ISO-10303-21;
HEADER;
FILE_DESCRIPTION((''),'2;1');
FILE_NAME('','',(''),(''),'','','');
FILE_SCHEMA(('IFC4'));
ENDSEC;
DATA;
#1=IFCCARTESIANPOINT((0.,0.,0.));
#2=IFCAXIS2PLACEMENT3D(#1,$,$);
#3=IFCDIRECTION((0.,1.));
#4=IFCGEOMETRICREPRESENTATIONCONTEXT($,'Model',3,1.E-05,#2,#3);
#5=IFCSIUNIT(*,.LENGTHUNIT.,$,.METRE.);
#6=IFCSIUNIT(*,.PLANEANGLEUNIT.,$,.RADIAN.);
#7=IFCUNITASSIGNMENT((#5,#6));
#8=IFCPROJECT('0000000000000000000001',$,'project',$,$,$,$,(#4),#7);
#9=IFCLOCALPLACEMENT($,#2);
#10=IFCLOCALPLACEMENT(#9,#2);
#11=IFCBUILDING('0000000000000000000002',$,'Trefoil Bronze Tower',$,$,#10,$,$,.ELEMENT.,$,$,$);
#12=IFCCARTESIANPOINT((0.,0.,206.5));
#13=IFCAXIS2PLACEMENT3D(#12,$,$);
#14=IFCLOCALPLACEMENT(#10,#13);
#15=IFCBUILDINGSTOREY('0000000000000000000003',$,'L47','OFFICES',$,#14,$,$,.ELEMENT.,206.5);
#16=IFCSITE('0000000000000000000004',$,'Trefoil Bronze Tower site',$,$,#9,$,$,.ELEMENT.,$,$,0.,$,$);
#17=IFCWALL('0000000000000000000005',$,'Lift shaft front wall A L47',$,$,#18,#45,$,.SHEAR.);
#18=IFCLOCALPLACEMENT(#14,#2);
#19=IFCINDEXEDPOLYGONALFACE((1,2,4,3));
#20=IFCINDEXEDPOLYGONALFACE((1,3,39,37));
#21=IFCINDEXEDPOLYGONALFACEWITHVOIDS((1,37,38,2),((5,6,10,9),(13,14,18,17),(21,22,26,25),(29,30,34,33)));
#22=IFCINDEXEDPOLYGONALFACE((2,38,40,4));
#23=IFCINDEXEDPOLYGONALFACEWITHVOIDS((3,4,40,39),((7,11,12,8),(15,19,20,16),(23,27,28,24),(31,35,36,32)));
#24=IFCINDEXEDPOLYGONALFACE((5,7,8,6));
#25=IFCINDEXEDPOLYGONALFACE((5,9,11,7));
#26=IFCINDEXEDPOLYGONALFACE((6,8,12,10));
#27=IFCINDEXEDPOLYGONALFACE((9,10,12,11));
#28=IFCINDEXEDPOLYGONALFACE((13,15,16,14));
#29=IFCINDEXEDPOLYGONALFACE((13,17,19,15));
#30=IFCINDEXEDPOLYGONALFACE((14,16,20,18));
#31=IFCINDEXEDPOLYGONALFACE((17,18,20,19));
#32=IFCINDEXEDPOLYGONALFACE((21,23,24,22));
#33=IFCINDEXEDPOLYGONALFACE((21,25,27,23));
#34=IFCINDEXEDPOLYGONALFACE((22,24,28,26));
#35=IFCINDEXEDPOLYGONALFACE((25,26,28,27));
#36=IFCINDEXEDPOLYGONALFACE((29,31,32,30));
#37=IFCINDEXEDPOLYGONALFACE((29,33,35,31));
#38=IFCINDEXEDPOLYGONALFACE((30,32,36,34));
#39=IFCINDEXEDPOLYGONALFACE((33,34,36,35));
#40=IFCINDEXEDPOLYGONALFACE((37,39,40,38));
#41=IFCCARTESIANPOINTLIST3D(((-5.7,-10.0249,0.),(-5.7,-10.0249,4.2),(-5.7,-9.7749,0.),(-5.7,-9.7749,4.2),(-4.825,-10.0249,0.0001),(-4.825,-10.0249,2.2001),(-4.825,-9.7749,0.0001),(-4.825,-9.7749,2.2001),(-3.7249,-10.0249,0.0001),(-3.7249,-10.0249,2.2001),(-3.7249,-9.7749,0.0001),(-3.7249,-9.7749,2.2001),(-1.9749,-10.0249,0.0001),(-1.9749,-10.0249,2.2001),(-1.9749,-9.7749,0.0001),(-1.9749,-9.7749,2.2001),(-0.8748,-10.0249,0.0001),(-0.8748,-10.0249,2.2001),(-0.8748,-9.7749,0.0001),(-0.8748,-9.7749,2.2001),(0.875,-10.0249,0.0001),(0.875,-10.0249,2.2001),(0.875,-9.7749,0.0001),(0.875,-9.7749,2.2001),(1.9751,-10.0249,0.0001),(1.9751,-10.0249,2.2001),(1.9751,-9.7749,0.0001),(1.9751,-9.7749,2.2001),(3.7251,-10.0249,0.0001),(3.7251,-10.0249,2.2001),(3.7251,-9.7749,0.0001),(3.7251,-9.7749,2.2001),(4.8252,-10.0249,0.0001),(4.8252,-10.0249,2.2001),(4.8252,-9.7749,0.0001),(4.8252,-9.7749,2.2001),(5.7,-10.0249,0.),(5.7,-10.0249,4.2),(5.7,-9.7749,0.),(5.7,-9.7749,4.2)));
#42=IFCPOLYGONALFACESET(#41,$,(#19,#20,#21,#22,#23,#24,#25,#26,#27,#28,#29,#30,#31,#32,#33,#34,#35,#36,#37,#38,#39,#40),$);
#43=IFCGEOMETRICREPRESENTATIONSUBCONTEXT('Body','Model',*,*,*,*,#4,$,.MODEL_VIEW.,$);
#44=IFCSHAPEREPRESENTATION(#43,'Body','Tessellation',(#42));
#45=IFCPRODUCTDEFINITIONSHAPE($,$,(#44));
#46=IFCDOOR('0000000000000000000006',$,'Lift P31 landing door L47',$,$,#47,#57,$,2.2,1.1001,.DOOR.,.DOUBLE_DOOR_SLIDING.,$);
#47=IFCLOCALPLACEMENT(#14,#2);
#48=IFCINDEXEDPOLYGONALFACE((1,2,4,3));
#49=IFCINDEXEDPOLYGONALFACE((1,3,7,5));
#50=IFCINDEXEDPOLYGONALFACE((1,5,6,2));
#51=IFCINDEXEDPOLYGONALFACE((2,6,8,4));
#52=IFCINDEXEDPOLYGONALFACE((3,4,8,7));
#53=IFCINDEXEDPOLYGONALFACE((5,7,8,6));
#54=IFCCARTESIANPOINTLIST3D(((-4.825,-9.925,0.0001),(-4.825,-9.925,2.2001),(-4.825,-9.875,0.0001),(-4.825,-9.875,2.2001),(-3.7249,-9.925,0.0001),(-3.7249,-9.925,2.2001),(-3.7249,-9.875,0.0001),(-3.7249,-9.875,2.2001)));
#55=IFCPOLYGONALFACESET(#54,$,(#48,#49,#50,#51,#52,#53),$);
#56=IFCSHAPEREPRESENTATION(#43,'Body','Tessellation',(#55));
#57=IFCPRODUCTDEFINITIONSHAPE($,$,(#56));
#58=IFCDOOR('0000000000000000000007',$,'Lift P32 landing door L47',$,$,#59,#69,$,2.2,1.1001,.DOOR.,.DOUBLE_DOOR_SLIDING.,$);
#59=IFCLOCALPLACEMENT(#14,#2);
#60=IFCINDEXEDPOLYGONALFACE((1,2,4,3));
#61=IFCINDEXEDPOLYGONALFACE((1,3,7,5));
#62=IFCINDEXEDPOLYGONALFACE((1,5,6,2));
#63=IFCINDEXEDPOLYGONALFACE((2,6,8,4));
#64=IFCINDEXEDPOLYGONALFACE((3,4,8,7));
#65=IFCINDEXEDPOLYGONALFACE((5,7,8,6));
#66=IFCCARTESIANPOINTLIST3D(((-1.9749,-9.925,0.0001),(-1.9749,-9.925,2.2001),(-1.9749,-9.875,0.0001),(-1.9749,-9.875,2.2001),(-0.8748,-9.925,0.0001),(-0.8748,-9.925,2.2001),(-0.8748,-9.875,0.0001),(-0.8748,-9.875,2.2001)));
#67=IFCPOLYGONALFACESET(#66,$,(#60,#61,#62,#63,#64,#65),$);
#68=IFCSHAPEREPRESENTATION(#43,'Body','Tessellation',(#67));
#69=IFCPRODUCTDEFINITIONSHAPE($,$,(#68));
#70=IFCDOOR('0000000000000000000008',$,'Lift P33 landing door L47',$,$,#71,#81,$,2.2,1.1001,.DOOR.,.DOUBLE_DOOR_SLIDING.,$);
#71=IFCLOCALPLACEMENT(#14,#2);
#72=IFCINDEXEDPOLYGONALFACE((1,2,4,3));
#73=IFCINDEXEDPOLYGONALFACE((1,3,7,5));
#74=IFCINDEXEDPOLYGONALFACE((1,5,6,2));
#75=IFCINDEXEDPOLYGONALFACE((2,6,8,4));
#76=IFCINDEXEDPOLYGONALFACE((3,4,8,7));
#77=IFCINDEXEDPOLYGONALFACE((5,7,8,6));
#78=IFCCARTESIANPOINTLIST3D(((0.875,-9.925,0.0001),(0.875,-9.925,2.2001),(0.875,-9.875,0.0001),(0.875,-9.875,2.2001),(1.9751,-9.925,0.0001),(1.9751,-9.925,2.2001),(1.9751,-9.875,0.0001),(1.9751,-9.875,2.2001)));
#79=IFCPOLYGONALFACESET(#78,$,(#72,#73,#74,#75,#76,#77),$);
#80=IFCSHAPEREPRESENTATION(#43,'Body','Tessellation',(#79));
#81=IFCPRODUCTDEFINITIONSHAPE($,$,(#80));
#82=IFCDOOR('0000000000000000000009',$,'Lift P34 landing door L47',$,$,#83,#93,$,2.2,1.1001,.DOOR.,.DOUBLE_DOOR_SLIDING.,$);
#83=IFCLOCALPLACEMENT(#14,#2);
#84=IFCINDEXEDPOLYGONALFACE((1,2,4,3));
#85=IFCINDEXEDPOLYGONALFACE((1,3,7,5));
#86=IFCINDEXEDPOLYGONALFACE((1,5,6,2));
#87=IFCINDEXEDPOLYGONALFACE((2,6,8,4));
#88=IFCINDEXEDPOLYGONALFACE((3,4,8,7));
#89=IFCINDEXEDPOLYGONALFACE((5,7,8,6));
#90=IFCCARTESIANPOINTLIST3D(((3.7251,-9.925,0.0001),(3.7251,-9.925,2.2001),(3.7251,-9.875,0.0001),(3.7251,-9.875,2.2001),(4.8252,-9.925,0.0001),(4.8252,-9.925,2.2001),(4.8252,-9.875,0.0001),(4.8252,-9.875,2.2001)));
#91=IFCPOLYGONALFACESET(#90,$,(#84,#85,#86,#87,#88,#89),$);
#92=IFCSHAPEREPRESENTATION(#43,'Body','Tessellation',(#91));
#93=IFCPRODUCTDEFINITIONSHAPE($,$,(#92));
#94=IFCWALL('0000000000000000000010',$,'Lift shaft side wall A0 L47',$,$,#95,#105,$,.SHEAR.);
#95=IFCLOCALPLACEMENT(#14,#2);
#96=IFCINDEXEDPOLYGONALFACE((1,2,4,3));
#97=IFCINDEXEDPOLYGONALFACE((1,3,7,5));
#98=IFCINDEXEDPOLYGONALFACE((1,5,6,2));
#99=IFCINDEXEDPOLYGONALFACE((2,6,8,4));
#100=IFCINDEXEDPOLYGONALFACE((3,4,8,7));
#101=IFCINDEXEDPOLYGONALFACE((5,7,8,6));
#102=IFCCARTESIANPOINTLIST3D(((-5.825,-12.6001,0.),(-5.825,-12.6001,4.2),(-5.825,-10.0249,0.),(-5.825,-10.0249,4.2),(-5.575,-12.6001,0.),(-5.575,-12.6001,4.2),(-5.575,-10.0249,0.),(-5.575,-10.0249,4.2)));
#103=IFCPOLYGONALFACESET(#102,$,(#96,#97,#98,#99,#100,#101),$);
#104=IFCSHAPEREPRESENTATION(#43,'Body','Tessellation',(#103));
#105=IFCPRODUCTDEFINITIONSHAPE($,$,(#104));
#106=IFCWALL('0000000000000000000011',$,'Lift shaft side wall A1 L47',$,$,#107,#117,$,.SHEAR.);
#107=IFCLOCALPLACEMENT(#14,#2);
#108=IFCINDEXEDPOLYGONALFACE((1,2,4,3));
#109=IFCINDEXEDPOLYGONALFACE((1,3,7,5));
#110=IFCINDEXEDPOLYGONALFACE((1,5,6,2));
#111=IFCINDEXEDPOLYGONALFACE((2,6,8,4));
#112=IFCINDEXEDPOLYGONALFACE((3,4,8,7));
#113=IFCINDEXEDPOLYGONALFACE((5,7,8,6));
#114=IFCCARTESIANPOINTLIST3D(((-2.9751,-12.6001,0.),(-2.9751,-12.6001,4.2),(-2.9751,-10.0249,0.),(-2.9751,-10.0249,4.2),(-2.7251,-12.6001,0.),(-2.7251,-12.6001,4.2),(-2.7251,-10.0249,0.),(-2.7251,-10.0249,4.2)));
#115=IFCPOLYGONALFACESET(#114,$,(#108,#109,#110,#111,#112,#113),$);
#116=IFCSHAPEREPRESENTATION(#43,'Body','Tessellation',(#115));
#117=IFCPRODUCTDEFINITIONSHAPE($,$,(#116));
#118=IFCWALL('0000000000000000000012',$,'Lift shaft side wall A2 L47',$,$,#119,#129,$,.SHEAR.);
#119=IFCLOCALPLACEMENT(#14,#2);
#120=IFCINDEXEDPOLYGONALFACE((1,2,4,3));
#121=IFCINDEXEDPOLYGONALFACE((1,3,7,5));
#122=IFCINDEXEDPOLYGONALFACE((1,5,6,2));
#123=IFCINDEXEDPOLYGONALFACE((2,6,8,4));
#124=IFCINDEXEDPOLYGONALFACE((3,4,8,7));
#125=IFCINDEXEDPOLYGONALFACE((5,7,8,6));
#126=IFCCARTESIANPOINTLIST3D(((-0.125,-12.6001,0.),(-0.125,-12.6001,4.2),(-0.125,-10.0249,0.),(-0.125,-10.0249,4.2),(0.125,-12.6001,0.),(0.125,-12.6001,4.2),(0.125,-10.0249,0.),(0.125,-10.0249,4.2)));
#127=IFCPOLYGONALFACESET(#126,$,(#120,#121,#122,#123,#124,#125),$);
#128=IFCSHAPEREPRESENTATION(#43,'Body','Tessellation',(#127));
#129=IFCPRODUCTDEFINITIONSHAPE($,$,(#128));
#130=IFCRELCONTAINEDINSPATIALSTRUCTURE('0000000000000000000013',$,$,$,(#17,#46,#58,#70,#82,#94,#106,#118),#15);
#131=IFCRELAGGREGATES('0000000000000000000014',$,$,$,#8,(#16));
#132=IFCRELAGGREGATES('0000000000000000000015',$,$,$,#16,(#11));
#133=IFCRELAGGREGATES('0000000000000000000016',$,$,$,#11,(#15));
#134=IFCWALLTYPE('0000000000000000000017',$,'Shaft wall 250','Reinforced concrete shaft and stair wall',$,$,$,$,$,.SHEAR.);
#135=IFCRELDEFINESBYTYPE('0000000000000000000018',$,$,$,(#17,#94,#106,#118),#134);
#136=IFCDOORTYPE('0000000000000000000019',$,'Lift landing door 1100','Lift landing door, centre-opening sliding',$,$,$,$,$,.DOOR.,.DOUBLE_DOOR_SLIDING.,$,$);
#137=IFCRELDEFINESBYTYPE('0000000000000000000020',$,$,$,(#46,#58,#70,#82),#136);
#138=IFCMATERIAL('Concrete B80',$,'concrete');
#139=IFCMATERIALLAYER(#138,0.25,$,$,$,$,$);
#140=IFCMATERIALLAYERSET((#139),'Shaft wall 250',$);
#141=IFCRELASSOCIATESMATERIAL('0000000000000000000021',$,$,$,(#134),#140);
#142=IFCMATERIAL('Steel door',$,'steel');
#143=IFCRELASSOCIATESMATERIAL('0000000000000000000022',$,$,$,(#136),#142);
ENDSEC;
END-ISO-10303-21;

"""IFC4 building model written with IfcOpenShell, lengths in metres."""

from ifc_helpers import new_model, si_unit, direction, frame, frame_2d, origin, place, context, subcontext, project, spatial, rectangle, extrude, material, layer, layer_set, type_object, element, fill, save


model = new_model("IFC4")

# Units and contexts
model_context = context("Model", 3, precision=1e-05, world=origin(), true_north=direction((0.0, 1.0)))
body_context = subcontext(model_context, "Body", "Model", "MODEL_VIEW")
ifc_project = project(units=[si_unit("LENGTHUNIT", "METRE"), si_unit("PLANEANGLEUNIT", "RADIAN")], contexts=[model_context])

# Site, building, storey
site_placement = place(None, origin())
site = spatial("IfcSite", under=ifc_project, at=site_placement, Name="Trefoil Bronze Tower site", CompositionType="ELEMENT", RefElevation=0.0)
building_placement = place(site_placement, origin())
building = spatial("IfcBuilding", under=site, at=building_placement, Name="Trefoil Bronze Tower", CompositionType="ELEMENT")
storey_placement = place(building_placement, frame((0.0, 0.0, 206.5)))
storey = spatial("IfcBuildingStorey", under=building, at=storey_placement, Name="L47", Description="OFFICES", CompositionType="ELEMENT", Elevation=206.5)

# Wall, openings, doors
ifc_material_1 = material(Name="Concrete B80", Category="concrete")
ifc_layer_1 = layer(ifc_material_1, 0.25)
ifc_layer_set_1 = layer_set([ifc_layer_1], Name="Shaft wall 250")
wall_type_1 = type_object("IfcWallType", Name="Shaft wall 250", Description="Reinforced concrete shaft and stair wall", PredefinedType="SHEAR", material=ifc_layer_set_1)
wall_1_placement = place(storey_placement, frame((-5.7, -9.8999, 0.0), z_axis=(0.0, 0.0, 1.0), x_axis=(1.0, 0.0, 0.0)))
wall_1 = element("IfcWall", 1, at=wall_1_placement, inside=storey, type_object=wall_type_1, Name="Lift shaft front wall A L47", PredefinedType="SHEAR", context=body_context, shape_type="SweptSolid", body=[
    extrude(rectangle(XDim=11.3999, YDim=0.25, at=frame_2d((5.7, 0.0))), origin(), (0.0, 0.0, 1.0), 4.2),
])
opening_1_placement = place(wall_1_placement, frame((0.875, 0.0, 0.0)))
opening_1 = element("IfcOpeningElement", 2, at=opening_1_placement, cuts=wall_1, PredefinedType="OPENING", context=body_context, shape_type="SweptSolid", body=[
    extrude(rectangle(XDim=1.1001, YDim=2.2, at=frame_2d((0.55, 1.1001))), frame((0.0, 0.135, 0.0), z_axis=(0.0, -1.0, 0.0), x_axis=(1.0, 0.0, 0.0)), (0.0, 0.0, 1.0), 0.27),
])
opening_2_placement = place(wall_1_placement, frame((3.7251, 0.0, 0.0)))
opening_2 = element("IfcOpeningElement", 3, at=opening_2_placement, cuts=wall_1, PredefinedType="OPENING", context=body_context, shape_type="SweptSolid", body=[
    extrude(rectangle(XDim=1.1001, YDim=2.2, at=frame_2d((0.55, 1.1001))), frame((0.0, 0.135, 0.0), z_axis=(0.0, -1.0, 0.0), x_axis=(1.0, 0.0, 0.0)), (0.0, 0.0, 1.0), 0.27),
])
opening_3_placement = place(wall_1_placement, frame((6.575, 0.0, 0.0)))
opening_3 = element("IfcOpeningElement", 4, at=opening_3_placement, cuts=wall_1, PredefinedType="OPENING", context=body_context, shape_type="SweptSolid", body=[
    extrude(rectangle(XDim=1.1001, YDim=2.2, at=frame_2d((0.55, 1.1001))), frame((0.0, 0.135, 0.0), z_axis=(0.0, -1.0, 0.0), x_axis=(1.0, 0.0, 0.0)), (0.0, 0.0, 1.0), 0.27),
])
opening_4_placement = place(wall_1_placement, frame((9.425, 0.0, 0.0)))
opening_4 = element("IfcOpeningElement", 5, at=opening_4_placement, cuts=wall_1, PredefinedType="OPENING", context=body_context, shape_type="SweptSolid", body=[
    extrude(rectangle(XDim=1.1001, YDim=2.2, at=frame_2d((0.55, 1.1001))), frame((0.0, 0.135, 0.0), z_axis=(0.0, -1.0, 0.0), x_axis=(1.0, 0.0, 0.0)), (0.0, 0.0, 1.0), 0.27),
])
ifc_material_2 = material(Name="Steel door", Category="steel")
door_type_1 = type_object("IfcDoorType", Name="Lift landing door 1100", Description="Lift landing door, centre-opening sliding", OperationType="DOUBLE_DOOR_SLIDING", PredefinedType="DOOR", material=ifc_material_2)
door_1_placement = place(opening_1_placement, origin())
door_1 = element("IfcDoor", 6, at=door_1_placement, inside=storey, type_object=door_type_1, Name="Lift P31 landing door L47", OperationType="DOUBLE_DOOR_SLIDING", OverallHeight=2.2, OverallWidth=1.1001, PredefinedType="DOOR", context=body_context, shape_type="SweptSolid", body=[
    extrude(rectangle(XDim=1.1001, YDim=2.2, at=frame_2d((0.55, 1.1001))), frame((0.0, 0.0249, 0.0), z_axis=(0.0, -1.0, 0.0), x_axis=(1.0, 0.0, 0.0)), (0.0, 0.0, 1.0), 0.05),
])
fill(opening_1, door_1)
door_2_placement = place(opening_2_placement, origin())
door_2 = element("IfcDoor", 7, at=door_2_placement, inside=storey, type_object=door_type_1, Name="Lift P32 landing door L47", OperationType="DOUBLE_DOOR_SLIDING", OverallHeight=2.2, OverallWidth=1.1001, PredefinedType="DOOR", context=body_context, shape_type="SweptSolid", body=[
    extrude(rectangle(XDim=1.1001, YDim=2.2, at=frame_2d((0.55, 1.1001))), frame((0.0, 0.0249, 0.0), z_axis=(0.0, -1.0, 0.0), x_axis=(1.0, 0.0, 0.0)), (0.0, 0.0, 1.0), 0.05),
])
fill(opening_2, door_2)
door_3_placement = place(opening_3_placement, origin())
door_3 = element("IfcDoor", 8, at=door_3_placement, inside=storey, type_object=door_type_1, Name="Lift P33 landing door L47", OperationType="DOUBLE_DOOR_SLIDING", OverallHeight=2.2, OverallWidth=1.1001, PredefinedType="DOOR", context=body_context, shape_type="SweptSolid", body=[
    extrude(rectangle(XDim=1.1001, YDim=2.2, at=frame_2d((0.55, 1.1001))), frame((0.0, 0.0249, 0.0), z_axis=(0.0, -1.0, 0.0), x_axis=(1.0, 0.0, 0.0)), (0.0, 0.0, 1.0), 0.05),
])
fill(opening_3, door_3)
door_4_placement = place(opening_4_placement, origin())
door_4 = element("IfcDoor", 9, at=door_4_placement, inside=storey, type_object=door_type_1, Name="Lift P34 landing door L47", OperationType="DOUBLE_DOOR_SLIDING", OverallHeight=2.2, OverallWidth=1.1001, PredefinedType="DOOR", context=body_context, shape_type="SweptSolid", body=[
    extrude(rectangle(XDim=1.1001, YDim=2.2, at=frame_2d((0.55, 1.1001))), frame((0.0, 0.0249, 0.0), z_axis=(0.0, -1.0, 0.0), x_axis=(1.0, 0.0, 0.0)), (0.0, 0.0, 1.0), 0.05),
])
fill(opening_4, door_4)

# Walls
for number, where, z_axis, x_axis, name in (
    (10, (-5.7, -10.0249, 0.0), (0.0, 0.0, 1.0), (0.0, -1.0, 0.0), "Lift shaft side wall A0 L47"),
    (11, (-2.8501, -10.0249, 0.0), (0.0, 0.0, 1.0), (0.0, -1.0, 0.0), "Lift shaft side wall A1 L47"),
    (12, (0.0, -10.0249, 0.0), (0.0, 0.0, 1.0), (0.0, -1.0, 0.0), "Lift shaft side wall A2 L47"),
):
    element("IfcWall", number, at=place(storey_placement, frame(where, z_axis=z_axis, x_axis=x_axis)), inside=storey, type_object=wall_type_1, Name=name, PredefinedType="SHEAR", context=body_context, shape_type="SweptSolid", body=[
        extrude(rectangle(XDim=2.5752, YDim=0.25, at=frame_2d((1.2876, 0.0))), origin(), (0.0, 0.0, 1.0), 4.2),
    ])

save(model, "model.ifc")
